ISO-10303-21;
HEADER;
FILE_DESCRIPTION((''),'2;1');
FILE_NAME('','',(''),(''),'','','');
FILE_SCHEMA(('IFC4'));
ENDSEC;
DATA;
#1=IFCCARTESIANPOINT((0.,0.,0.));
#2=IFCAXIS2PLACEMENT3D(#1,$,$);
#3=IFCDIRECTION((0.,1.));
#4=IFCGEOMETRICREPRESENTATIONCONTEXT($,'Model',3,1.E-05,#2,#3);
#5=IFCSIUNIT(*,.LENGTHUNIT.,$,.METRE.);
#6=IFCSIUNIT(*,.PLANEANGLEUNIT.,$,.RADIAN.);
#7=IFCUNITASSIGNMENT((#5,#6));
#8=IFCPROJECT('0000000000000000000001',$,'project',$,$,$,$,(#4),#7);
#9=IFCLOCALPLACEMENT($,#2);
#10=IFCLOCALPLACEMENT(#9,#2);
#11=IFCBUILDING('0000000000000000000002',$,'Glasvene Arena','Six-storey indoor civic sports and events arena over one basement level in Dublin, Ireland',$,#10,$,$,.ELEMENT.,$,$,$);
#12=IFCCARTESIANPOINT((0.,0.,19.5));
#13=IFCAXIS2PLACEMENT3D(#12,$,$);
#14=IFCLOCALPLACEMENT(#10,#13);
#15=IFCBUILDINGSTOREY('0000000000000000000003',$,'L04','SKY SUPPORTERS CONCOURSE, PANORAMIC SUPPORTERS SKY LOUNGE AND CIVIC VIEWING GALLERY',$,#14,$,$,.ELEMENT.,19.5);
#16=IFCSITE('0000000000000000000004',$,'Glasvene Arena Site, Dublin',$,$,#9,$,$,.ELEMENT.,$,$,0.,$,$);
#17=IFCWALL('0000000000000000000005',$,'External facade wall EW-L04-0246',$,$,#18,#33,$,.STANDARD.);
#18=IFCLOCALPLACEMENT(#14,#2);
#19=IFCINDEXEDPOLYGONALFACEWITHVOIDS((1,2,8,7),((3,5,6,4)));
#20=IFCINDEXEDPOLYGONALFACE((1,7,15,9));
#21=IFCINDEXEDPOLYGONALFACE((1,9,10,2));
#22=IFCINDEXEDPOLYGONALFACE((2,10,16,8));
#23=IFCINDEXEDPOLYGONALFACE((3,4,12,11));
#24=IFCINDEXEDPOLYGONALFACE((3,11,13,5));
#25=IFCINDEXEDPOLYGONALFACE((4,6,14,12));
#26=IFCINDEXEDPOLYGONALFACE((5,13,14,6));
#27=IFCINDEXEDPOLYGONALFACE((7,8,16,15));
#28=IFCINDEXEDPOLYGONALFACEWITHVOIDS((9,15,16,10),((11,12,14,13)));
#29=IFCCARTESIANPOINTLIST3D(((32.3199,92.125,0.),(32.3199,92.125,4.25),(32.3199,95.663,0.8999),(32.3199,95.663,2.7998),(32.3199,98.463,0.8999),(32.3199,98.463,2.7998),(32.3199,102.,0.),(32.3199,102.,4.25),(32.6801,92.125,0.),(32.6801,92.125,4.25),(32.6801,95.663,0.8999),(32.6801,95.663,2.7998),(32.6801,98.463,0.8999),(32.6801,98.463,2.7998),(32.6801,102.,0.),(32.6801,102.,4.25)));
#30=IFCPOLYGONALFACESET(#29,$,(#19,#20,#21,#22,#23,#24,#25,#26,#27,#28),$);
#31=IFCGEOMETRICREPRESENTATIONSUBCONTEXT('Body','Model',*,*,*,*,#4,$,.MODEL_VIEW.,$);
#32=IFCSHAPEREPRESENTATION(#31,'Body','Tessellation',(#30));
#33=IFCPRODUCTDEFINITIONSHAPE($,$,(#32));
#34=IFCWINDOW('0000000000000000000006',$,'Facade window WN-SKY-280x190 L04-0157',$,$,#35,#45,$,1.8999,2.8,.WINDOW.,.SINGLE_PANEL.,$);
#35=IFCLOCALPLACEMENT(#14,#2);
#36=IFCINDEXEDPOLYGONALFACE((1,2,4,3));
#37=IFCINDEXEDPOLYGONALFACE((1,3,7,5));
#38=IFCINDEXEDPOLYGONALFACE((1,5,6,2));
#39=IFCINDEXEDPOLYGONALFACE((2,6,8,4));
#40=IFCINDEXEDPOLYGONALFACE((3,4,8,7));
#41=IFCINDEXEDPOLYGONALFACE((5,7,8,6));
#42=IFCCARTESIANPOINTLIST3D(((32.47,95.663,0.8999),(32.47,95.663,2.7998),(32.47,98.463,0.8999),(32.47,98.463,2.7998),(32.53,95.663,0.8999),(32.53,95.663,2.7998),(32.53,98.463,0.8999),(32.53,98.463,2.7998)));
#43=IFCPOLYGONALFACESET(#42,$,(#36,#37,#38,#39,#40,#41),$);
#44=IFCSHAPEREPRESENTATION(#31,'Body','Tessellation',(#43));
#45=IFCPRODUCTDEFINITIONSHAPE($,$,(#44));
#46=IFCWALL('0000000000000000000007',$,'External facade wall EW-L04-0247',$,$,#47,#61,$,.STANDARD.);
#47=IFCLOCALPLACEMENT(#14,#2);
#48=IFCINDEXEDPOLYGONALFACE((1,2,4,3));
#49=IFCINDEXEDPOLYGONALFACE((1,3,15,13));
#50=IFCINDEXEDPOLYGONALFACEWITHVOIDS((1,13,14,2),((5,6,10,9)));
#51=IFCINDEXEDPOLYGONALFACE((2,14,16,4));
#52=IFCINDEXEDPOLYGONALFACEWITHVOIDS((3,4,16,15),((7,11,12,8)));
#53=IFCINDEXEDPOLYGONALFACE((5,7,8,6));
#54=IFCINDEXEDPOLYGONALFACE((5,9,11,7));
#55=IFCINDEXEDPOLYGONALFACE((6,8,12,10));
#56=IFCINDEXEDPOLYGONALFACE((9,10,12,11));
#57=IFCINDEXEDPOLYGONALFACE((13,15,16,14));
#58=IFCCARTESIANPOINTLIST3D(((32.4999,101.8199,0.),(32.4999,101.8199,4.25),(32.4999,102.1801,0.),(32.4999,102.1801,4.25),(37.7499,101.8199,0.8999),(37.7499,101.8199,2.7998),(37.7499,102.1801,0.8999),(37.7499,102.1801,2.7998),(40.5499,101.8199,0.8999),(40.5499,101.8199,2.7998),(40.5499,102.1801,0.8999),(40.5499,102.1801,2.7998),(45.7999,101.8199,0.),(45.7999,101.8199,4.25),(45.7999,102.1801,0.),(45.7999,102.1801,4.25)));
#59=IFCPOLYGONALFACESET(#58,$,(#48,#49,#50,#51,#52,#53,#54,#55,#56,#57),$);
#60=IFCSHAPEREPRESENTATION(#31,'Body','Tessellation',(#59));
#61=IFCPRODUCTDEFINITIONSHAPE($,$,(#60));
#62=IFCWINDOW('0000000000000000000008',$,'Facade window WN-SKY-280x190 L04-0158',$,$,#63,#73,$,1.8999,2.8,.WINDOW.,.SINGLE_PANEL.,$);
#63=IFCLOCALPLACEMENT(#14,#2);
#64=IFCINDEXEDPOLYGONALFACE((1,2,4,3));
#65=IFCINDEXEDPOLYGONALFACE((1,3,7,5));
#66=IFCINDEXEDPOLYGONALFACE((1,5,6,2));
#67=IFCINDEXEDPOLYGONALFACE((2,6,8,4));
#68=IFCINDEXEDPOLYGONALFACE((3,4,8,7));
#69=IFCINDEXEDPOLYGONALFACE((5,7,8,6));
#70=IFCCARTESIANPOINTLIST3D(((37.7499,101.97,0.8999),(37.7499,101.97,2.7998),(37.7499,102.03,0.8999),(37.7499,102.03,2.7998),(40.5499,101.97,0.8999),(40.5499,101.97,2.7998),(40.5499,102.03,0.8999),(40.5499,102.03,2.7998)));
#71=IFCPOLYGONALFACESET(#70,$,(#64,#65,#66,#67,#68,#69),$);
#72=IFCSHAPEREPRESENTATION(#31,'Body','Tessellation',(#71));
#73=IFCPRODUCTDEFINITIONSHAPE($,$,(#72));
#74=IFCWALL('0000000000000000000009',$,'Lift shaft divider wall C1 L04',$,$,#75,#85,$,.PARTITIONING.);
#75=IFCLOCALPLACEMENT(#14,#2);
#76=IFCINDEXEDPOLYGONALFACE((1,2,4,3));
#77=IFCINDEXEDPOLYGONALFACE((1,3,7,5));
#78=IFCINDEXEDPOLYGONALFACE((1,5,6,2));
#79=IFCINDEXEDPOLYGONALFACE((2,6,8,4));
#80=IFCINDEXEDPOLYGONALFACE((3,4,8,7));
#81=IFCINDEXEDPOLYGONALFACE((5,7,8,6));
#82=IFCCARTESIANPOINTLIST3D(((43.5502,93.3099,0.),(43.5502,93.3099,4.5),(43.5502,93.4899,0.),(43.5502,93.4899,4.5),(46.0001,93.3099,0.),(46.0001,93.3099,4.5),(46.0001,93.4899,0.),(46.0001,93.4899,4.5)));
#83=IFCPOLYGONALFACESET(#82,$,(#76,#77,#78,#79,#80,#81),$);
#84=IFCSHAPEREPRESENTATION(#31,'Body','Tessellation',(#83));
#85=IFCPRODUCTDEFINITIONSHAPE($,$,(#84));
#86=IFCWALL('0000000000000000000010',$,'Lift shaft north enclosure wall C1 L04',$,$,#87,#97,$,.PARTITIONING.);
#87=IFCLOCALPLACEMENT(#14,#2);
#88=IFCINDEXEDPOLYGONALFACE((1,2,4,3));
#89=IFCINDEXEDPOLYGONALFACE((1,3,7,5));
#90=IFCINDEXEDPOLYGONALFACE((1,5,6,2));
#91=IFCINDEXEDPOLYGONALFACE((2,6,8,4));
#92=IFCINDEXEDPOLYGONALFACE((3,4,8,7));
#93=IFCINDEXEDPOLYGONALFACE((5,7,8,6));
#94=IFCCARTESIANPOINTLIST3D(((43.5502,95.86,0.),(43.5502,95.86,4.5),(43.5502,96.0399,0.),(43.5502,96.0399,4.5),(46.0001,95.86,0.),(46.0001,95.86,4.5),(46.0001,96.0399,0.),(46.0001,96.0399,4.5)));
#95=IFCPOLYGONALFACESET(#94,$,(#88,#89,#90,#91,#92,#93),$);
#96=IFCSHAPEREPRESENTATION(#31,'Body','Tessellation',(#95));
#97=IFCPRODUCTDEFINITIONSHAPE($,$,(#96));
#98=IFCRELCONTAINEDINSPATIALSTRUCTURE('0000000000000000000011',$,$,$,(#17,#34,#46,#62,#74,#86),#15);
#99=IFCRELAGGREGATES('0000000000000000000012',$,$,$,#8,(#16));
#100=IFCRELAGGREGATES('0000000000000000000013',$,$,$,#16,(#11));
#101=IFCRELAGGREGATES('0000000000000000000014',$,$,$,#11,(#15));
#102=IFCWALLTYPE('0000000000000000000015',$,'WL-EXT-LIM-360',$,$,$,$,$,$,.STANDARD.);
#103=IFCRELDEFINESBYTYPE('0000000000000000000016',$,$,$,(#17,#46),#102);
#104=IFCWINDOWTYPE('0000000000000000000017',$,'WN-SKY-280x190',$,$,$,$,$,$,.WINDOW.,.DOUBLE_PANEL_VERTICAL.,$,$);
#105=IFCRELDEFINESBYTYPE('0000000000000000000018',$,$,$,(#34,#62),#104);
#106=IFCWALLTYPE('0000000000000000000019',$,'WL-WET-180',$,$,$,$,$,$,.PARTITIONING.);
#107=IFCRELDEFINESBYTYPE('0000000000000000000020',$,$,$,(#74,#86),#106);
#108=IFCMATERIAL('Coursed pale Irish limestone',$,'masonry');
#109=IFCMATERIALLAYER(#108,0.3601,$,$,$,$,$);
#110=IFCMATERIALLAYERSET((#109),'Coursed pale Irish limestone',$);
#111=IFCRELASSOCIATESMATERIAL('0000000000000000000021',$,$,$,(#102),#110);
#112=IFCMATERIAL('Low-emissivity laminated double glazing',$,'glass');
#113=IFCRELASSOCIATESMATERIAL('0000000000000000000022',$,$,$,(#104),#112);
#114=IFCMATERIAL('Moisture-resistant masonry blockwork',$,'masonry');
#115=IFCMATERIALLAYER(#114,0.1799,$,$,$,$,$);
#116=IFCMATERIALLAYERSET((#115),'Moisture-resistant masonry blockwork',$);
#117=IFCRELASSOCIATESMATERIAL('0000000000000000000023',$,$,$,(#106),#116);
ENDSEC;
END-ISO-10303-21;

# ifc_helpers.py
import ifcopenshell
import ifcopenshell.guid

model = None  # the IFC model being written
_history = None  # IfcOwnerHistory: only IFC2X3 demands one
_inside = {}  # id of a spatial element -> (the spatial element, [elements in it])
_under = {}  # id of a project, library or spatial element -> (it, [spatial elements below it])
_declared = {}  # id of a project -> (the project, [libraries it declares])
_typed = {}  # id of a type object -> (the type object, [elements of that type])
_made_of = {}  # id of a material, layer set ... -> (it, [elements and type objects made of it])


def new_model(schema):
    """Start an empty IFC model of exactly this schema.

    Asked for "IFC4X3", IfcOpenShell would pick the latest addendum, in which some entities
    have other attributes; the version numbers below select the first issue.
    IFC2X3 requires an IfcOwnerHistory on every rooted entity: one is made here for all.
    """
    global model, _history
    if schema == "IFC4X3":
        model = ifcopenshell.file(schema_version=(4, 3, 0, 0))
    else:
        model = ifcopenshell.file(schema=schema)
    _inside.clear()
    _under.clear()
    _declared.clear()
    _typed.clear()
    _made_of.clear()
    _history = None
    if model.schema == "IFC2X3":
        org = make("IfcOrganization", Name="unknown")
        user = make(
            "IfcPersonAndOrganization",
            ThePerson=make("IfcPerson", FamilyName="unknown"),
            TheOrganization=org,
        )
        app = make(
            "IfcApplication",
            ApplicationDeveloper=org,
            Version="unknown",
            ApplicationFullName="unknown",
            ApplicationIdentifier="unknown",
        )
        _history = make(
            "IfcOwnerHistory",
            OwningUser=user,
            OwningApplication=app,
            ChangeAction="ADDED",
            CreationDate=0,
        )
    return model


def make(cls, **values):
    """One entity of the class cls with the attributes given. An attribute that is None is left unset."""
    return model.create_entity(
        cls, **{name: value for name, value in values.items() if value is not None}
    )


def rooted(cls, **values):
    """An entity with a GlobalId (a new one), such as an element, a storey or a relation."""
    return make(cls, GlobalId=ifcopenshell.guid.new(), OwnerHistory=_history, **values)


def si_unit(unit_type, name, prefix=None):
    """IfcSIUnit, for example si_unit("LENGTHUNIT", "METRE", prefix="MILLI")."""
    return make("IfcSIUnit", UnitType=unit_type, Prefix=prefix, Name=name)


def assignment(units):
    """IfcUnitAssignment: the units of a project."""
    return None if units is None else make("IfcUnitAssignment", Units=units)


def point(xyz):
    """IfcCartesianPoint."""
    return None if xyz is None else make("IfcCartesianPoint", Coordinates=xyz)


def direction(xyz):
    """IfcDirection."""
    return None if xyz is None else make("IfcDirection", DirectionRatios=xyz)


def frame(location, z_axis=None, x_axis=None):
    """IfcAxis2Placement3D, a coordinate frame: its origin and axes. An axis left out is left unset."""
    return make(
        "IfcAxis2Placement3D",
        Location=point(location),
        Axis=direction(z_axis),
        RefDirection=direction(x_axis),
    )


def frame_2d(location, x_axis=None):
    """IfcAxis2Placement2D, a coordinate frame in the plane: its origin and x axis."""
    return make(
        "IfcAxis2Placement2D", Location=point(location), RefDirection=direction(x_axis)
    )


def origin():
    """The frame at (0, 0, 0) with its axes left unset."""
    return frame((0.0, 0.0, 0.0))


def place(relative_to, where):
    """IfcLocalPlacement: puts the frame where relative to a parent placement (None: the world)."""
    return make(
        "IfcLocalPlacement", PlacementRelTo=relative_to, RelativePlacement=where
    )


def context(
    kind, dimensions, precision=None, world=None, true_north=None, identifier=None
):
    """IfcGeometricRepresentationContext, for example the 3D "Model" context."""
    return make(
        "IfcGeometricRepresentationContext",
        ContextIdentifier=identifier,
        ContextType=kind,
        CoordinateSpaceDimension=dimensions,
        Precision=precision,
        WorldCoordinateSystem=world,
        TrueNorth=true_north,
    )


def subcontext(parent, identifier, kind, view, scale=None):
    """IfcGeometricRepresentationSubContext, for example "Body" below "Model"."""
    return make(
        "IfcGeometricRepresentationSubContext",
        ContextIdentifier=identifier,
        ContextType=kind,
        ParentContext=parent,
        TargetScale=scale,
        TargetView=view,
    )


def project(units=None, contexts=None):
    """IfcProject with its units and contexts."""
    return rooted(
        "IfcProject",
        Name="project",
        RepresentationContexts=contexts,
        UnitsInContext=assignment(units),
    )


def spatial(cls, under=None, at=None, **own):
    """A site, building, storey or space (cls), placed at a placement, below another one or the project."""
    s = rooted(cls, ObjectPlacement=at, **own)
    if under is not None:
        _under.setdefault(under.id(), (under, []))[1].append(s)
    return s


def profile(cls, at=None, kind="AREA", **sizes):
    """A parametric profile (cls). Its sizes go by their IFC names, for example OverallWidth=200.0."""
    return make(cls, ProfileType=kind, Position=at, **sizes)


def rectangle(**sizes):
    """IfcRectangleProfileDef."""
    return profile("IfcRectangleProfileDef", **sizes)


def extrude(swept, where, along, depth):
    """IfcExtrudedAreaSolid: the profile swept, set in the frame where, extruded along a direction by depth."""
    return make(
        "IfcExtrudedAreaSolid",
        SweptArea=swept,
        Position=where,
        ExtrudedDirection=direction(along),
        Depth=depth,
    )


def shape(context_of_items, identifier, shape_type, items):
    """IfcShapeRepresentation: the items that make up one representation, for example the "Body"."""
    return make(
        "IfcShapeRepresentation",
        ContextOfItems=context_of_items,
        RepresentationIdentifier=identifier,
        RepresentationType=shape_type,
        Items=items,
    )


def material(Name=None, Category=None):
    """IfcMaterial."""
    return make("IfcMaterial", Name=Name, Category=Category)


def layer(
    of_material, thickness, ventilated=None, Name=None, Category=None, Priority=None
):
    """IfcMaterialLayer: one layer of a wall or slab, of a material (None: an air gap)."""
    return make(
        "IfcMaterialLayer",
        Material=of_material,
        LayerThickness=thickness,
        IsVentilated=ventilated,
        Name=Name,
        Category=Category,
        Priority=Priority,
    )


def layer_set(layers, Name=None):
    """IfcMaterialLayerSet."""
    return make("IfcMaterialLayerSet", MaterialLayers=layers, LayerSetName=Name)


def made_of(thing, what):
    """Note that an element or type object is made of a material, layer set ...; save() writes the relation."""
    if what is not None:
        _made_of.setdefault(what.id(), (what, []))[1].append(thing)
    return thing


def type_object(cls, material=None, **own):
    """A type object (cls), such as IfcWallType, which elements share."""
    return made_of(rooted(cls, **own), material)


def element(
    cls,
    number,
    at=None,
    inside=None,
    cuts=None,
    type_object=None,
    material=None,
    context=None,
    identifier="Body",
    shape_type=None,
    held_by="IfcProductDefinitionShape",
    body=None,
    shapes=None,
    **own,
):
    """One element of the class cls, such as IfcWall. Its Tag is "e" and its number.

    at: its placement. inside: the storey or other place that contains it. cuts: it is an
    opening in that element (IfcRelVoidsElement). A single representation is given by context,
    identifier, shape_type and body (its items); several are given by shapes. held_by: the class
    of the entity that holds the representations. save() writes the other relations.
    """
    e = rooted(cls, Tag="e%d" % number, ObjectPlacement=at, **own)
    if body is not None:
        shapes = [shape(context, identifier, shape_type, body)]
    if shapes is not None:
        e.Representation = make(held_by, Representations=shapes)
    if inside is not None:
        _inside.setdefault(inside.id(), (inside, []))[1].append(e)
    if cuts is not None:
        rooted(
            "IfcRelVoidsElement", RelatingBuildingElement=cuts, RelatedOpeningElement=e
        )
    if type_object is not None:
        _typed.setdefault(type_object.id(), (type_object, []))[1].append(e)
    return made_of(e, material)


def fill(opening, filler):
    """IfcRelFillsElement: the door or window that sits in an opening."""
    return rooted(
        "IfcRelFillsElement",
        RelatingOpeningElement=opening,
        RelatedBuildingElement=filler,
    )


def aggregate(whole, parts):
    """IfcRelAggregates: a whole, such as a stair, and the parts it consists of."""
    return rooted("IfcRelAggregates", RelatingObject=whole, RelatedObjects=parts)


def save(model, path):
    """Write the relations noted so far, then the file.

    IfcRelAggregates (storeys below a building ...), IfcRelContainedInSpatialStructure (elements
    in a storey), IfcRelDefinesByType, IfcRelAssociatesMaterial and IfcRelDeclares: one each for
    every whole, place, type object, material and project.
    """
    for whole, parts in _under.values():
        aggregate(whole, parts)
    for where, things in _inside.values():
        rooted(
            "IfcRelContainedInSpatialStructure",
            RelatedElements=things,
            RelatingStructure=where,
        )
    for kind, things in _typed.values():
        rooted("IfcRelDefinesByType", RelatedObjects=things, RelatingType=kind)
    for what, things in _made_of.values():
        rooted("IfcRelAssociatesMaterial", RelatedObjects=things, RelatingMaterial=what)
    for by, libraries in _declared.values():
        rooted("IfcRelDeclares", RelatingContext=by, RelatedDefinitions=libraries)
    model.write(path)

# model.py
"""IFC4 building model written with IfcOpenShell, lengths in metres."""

from ifc_helpers import new_model, si_unit, direction, frame, frame_2d, origin, place, context, subcontext, project, spatial, rectangle, extrude, material, layer, layer_set, type_object, element, fill, save


model = new_model("IFC4")

# Units and contexts
model_context = context("Model", 3, precision=1e-05, world=origin(), true_north=direction((0.0, 1.0)))
body_context = subcontext(model_context, "Body", "Model", "MODEL_VIEW")
ifc_project = project(units=[si_unit("LENGTHUNIT", "METRE"), si_unit("PLANEANGLEUNIT", "RADIAN")], contexts=[model_context])

# Site, building, storey
site_placement = place(None, origin())
site = spatial("IfcSite", under=ifc_project, at=site_placement, Name="Glasvene Arena Site, Dublin", CompositionType="ELEMENT", RefElevation=0.0)
building_placement = place(site_placement, origin())
building = spatial("IfcBuilding", under=site, at=building_placement, Name="Glasvene Arena", Description="Six-storey indoor civic sports and events arena over one basement level in Dublin, Ireland", CompositionType="ELEMENT")
storey_placement = place(building_placement, frame((0.0, 0.0, 19.5)))
storey = spatial("IfcBuildingStorey", under=building, at=storey_placement, Name="L04", Description="SKY SUPPORTERS CONCOURSE, PANORAMIC SUPPORTERS SKY LOUNGE AND CIVIC VIEWING GALLERY", CompositionType="ELEMENT", Elevation=19.5)

# Shared definitions
ifc_material_1 = material(Name="Low-emissivity laminated double glazing", Category="glass")

# Walls, openings, windows
ifc_material_2 = material(Name="Coursed pale Irish limestone", Category="masonry")
ifc_layer_1 = layer(ifc_material_2, 0.3601)
ifc_layer_set_1 = layer_set([ifc_layer_1], Name="Coursed pale Irish limestone")
wall_type_1 = type_object("IfcWallType", Name="WL-EXT-LIM-360", PredefinedType="STANDARD", material=ifc_layer_set_1)
wall_1_placement = place(storey_placement, frame((32.5, 92.125, 0.0), z_axis=(0.0, 0.0, 1.0), x_axis=(0.0, 1.0, 0.0)))
wall_1 = element("IfcWall", 1, at=wall_1_placement, inside=storey, type_object=wall_type_1, Name="External facade wall EW-L04-0246", PredefinedType="STANDARD", context=body_context, shape_type="SweptSolid", body=[
    extrude(rectangle(XDim=9.875, YDim=0.3601, at=frame_2d((4.9375, 0.0))), origin(), (0.0, 0.0, 1.0), 4.25),
])
opening_1_placement = place(wall_1_placement, frame((3.5381, 0.0, 0.8999)))
opening_1 = element("IfcOpeningElement", 2, at=opening_1_placement, cuts=wall_1, PredefinedType="OPENING", context=body_context, shape_type="SweptSolid", body=[
    extrude(rectangle(XDim=2.8, YDim=1.8999, at=frame_2d((1.3999, 0.95))), frame((0.0, 0.1899, 0.0), z_axis=(0.0, -1.0, 0.0), x_axis=(1.0, 0.0, 0.0)), (0.0, 0.0, 1.0), 0.3801),
])
window_type = type_object("IfcWindowType", Name="WN-SKY-280x190", PartitioningType="DOUBLE_PANEL_VERTICAL", PredefinedType="WINDOW", material=ifc_material_1)
window_1_placement = place(opening_1_placement, origin())
window_1 = element("IfcWindow", 3, at=window_1_placement, inside=storey, type_object=window_type, Name="Facade window WN-SKY-280x190 L04-0157", OverallHeight=1.8999, OverallWidth=2.8, PartitioningType="SINGLE_PANEL", PredefinedType="WINDOW", context=body_context, shape_type="SweptSolid", body=[
    extrude(rectangle(XDim=2.8, YDim=1.8999, at=frame_2d((1.3999, 0.95))), frame((0.0, 0.03, 0.0), z_axis=(0.0, -1.0, 0.0), x_axis=(1.0, 0.0, 0.0)), (0.0, 0.0, 1.0), 0.0601),
])
fill(opening_1, window_1)
wall_2_placement = place(storey_placement, frame((32.5, 102.0, 0.0), z_axis=(0.0, 0.0, 1.0), x_axis=(1.0, 0.0, 0.0)))
wall_2 = element("IfcWall", 4, at=wall_2_placement, inside=storey, type_object=wall_type_1, Name="External facade wall EW-L04-0247", PredefinedType="STANDARD", context=body_context, shape_type="SweptSolid", body=[
    extrude(rectangle(XDim=13.3, YDim=0.3601, at=frame_2d((6.6499, 0.0))), origin(), (0.0, 0.0, 1.0), 4.25),
])
opening_2_placement = place(wall_2_placement, frame((5.25, 0.0, 0.8999)))
opening_2 = element("IfcOpeningElement", 5, at=opening_2_placement, cuts=wall_2, PredefinedType="OPENING", context=body_context, shape_type="SweptSolid", body=[
    extrude(rectangle(XDim=2.8, YDim=1.8999, at=frame_2d((1.3999, 0.95))), frame((0.0, 0.1899, 0.0), z_axis=(0.0, -1.0, 0.0), x_axis=(1.0, 0.0, 0.0)), (0.0, 0.0, 1.0), 0.3801),
])
window_2_placement = place(opening_2_placement, origin())
window_2 = element("IfcWindow", 6, at=window_2_placement, inside=storey, type_object=window_type, Name="Facade window WN-SKY-280x190 L04-0158", OverallHeight=1.8999, OverallWidth=2.8, PartitioningType="SINGLE_PANEL", PredefinedType="WINDOW", context=body_context, shape_type="SweptSolid", body=[
    extrude(rectangle(XDim=2.8, YDim=1.8999, at=frame_2d((1.3999, 0.95))), frame((0.0, 0.03, 0.0), z_axis=(0.0, -1.0, 0.0), x_axis=(1.0, 0.0, 0.0)), (0.0, 0.0, 1.0), 0.0601),
])
fill(opening_2, window_2)

# Walls
ifc_material_3 = material(Name="Moisture-resistant masonry blockwork", Category="masonry")
ifc_layer_2 = layer(ifc_material_3, 0.1799)
ifc_layer_set_2 = layer_set([ifc_layer_2], Name="Moisture-resistant masonry blockwork")
wall_type_2 = type_object("IfcWallType", Name="WL-WET-180", PredefinedType="PARTITIONING", material=ifc_layer_set_2)
for number, where, z_axis, x_axis, name in (
    (7, (43.55, 93.3999, 0.0), (0.0, 0.0, 1.0), (1.0, 0.0, 0.0), "Lift shaft divider wall C1 L04"),
    (8, (43.55, 95.95, 0.0), (0.0, 0.0, 1.0), (1.0, 0.0, 0.0), "Lift shaft north enclosure wall C1 L04"),
):
    element("IfcWall", number, at=place(storey_placement, frame(where, z_axis=z_axis, x_axis=x_axis)), inside=storey, type_object=wall_type_2, Name=name, PredefinedType="PARTITIONING", context=body_context, shape_type="SweptSolid", body=[
        extrude(rectangle(XDim=2.45, YDim=0.1799, at=frame_2d((1.2251, 0.0))), origin(), (0.0, 0.0, 1.0), 4.5),
    ])

save(model, "model.ifc")
